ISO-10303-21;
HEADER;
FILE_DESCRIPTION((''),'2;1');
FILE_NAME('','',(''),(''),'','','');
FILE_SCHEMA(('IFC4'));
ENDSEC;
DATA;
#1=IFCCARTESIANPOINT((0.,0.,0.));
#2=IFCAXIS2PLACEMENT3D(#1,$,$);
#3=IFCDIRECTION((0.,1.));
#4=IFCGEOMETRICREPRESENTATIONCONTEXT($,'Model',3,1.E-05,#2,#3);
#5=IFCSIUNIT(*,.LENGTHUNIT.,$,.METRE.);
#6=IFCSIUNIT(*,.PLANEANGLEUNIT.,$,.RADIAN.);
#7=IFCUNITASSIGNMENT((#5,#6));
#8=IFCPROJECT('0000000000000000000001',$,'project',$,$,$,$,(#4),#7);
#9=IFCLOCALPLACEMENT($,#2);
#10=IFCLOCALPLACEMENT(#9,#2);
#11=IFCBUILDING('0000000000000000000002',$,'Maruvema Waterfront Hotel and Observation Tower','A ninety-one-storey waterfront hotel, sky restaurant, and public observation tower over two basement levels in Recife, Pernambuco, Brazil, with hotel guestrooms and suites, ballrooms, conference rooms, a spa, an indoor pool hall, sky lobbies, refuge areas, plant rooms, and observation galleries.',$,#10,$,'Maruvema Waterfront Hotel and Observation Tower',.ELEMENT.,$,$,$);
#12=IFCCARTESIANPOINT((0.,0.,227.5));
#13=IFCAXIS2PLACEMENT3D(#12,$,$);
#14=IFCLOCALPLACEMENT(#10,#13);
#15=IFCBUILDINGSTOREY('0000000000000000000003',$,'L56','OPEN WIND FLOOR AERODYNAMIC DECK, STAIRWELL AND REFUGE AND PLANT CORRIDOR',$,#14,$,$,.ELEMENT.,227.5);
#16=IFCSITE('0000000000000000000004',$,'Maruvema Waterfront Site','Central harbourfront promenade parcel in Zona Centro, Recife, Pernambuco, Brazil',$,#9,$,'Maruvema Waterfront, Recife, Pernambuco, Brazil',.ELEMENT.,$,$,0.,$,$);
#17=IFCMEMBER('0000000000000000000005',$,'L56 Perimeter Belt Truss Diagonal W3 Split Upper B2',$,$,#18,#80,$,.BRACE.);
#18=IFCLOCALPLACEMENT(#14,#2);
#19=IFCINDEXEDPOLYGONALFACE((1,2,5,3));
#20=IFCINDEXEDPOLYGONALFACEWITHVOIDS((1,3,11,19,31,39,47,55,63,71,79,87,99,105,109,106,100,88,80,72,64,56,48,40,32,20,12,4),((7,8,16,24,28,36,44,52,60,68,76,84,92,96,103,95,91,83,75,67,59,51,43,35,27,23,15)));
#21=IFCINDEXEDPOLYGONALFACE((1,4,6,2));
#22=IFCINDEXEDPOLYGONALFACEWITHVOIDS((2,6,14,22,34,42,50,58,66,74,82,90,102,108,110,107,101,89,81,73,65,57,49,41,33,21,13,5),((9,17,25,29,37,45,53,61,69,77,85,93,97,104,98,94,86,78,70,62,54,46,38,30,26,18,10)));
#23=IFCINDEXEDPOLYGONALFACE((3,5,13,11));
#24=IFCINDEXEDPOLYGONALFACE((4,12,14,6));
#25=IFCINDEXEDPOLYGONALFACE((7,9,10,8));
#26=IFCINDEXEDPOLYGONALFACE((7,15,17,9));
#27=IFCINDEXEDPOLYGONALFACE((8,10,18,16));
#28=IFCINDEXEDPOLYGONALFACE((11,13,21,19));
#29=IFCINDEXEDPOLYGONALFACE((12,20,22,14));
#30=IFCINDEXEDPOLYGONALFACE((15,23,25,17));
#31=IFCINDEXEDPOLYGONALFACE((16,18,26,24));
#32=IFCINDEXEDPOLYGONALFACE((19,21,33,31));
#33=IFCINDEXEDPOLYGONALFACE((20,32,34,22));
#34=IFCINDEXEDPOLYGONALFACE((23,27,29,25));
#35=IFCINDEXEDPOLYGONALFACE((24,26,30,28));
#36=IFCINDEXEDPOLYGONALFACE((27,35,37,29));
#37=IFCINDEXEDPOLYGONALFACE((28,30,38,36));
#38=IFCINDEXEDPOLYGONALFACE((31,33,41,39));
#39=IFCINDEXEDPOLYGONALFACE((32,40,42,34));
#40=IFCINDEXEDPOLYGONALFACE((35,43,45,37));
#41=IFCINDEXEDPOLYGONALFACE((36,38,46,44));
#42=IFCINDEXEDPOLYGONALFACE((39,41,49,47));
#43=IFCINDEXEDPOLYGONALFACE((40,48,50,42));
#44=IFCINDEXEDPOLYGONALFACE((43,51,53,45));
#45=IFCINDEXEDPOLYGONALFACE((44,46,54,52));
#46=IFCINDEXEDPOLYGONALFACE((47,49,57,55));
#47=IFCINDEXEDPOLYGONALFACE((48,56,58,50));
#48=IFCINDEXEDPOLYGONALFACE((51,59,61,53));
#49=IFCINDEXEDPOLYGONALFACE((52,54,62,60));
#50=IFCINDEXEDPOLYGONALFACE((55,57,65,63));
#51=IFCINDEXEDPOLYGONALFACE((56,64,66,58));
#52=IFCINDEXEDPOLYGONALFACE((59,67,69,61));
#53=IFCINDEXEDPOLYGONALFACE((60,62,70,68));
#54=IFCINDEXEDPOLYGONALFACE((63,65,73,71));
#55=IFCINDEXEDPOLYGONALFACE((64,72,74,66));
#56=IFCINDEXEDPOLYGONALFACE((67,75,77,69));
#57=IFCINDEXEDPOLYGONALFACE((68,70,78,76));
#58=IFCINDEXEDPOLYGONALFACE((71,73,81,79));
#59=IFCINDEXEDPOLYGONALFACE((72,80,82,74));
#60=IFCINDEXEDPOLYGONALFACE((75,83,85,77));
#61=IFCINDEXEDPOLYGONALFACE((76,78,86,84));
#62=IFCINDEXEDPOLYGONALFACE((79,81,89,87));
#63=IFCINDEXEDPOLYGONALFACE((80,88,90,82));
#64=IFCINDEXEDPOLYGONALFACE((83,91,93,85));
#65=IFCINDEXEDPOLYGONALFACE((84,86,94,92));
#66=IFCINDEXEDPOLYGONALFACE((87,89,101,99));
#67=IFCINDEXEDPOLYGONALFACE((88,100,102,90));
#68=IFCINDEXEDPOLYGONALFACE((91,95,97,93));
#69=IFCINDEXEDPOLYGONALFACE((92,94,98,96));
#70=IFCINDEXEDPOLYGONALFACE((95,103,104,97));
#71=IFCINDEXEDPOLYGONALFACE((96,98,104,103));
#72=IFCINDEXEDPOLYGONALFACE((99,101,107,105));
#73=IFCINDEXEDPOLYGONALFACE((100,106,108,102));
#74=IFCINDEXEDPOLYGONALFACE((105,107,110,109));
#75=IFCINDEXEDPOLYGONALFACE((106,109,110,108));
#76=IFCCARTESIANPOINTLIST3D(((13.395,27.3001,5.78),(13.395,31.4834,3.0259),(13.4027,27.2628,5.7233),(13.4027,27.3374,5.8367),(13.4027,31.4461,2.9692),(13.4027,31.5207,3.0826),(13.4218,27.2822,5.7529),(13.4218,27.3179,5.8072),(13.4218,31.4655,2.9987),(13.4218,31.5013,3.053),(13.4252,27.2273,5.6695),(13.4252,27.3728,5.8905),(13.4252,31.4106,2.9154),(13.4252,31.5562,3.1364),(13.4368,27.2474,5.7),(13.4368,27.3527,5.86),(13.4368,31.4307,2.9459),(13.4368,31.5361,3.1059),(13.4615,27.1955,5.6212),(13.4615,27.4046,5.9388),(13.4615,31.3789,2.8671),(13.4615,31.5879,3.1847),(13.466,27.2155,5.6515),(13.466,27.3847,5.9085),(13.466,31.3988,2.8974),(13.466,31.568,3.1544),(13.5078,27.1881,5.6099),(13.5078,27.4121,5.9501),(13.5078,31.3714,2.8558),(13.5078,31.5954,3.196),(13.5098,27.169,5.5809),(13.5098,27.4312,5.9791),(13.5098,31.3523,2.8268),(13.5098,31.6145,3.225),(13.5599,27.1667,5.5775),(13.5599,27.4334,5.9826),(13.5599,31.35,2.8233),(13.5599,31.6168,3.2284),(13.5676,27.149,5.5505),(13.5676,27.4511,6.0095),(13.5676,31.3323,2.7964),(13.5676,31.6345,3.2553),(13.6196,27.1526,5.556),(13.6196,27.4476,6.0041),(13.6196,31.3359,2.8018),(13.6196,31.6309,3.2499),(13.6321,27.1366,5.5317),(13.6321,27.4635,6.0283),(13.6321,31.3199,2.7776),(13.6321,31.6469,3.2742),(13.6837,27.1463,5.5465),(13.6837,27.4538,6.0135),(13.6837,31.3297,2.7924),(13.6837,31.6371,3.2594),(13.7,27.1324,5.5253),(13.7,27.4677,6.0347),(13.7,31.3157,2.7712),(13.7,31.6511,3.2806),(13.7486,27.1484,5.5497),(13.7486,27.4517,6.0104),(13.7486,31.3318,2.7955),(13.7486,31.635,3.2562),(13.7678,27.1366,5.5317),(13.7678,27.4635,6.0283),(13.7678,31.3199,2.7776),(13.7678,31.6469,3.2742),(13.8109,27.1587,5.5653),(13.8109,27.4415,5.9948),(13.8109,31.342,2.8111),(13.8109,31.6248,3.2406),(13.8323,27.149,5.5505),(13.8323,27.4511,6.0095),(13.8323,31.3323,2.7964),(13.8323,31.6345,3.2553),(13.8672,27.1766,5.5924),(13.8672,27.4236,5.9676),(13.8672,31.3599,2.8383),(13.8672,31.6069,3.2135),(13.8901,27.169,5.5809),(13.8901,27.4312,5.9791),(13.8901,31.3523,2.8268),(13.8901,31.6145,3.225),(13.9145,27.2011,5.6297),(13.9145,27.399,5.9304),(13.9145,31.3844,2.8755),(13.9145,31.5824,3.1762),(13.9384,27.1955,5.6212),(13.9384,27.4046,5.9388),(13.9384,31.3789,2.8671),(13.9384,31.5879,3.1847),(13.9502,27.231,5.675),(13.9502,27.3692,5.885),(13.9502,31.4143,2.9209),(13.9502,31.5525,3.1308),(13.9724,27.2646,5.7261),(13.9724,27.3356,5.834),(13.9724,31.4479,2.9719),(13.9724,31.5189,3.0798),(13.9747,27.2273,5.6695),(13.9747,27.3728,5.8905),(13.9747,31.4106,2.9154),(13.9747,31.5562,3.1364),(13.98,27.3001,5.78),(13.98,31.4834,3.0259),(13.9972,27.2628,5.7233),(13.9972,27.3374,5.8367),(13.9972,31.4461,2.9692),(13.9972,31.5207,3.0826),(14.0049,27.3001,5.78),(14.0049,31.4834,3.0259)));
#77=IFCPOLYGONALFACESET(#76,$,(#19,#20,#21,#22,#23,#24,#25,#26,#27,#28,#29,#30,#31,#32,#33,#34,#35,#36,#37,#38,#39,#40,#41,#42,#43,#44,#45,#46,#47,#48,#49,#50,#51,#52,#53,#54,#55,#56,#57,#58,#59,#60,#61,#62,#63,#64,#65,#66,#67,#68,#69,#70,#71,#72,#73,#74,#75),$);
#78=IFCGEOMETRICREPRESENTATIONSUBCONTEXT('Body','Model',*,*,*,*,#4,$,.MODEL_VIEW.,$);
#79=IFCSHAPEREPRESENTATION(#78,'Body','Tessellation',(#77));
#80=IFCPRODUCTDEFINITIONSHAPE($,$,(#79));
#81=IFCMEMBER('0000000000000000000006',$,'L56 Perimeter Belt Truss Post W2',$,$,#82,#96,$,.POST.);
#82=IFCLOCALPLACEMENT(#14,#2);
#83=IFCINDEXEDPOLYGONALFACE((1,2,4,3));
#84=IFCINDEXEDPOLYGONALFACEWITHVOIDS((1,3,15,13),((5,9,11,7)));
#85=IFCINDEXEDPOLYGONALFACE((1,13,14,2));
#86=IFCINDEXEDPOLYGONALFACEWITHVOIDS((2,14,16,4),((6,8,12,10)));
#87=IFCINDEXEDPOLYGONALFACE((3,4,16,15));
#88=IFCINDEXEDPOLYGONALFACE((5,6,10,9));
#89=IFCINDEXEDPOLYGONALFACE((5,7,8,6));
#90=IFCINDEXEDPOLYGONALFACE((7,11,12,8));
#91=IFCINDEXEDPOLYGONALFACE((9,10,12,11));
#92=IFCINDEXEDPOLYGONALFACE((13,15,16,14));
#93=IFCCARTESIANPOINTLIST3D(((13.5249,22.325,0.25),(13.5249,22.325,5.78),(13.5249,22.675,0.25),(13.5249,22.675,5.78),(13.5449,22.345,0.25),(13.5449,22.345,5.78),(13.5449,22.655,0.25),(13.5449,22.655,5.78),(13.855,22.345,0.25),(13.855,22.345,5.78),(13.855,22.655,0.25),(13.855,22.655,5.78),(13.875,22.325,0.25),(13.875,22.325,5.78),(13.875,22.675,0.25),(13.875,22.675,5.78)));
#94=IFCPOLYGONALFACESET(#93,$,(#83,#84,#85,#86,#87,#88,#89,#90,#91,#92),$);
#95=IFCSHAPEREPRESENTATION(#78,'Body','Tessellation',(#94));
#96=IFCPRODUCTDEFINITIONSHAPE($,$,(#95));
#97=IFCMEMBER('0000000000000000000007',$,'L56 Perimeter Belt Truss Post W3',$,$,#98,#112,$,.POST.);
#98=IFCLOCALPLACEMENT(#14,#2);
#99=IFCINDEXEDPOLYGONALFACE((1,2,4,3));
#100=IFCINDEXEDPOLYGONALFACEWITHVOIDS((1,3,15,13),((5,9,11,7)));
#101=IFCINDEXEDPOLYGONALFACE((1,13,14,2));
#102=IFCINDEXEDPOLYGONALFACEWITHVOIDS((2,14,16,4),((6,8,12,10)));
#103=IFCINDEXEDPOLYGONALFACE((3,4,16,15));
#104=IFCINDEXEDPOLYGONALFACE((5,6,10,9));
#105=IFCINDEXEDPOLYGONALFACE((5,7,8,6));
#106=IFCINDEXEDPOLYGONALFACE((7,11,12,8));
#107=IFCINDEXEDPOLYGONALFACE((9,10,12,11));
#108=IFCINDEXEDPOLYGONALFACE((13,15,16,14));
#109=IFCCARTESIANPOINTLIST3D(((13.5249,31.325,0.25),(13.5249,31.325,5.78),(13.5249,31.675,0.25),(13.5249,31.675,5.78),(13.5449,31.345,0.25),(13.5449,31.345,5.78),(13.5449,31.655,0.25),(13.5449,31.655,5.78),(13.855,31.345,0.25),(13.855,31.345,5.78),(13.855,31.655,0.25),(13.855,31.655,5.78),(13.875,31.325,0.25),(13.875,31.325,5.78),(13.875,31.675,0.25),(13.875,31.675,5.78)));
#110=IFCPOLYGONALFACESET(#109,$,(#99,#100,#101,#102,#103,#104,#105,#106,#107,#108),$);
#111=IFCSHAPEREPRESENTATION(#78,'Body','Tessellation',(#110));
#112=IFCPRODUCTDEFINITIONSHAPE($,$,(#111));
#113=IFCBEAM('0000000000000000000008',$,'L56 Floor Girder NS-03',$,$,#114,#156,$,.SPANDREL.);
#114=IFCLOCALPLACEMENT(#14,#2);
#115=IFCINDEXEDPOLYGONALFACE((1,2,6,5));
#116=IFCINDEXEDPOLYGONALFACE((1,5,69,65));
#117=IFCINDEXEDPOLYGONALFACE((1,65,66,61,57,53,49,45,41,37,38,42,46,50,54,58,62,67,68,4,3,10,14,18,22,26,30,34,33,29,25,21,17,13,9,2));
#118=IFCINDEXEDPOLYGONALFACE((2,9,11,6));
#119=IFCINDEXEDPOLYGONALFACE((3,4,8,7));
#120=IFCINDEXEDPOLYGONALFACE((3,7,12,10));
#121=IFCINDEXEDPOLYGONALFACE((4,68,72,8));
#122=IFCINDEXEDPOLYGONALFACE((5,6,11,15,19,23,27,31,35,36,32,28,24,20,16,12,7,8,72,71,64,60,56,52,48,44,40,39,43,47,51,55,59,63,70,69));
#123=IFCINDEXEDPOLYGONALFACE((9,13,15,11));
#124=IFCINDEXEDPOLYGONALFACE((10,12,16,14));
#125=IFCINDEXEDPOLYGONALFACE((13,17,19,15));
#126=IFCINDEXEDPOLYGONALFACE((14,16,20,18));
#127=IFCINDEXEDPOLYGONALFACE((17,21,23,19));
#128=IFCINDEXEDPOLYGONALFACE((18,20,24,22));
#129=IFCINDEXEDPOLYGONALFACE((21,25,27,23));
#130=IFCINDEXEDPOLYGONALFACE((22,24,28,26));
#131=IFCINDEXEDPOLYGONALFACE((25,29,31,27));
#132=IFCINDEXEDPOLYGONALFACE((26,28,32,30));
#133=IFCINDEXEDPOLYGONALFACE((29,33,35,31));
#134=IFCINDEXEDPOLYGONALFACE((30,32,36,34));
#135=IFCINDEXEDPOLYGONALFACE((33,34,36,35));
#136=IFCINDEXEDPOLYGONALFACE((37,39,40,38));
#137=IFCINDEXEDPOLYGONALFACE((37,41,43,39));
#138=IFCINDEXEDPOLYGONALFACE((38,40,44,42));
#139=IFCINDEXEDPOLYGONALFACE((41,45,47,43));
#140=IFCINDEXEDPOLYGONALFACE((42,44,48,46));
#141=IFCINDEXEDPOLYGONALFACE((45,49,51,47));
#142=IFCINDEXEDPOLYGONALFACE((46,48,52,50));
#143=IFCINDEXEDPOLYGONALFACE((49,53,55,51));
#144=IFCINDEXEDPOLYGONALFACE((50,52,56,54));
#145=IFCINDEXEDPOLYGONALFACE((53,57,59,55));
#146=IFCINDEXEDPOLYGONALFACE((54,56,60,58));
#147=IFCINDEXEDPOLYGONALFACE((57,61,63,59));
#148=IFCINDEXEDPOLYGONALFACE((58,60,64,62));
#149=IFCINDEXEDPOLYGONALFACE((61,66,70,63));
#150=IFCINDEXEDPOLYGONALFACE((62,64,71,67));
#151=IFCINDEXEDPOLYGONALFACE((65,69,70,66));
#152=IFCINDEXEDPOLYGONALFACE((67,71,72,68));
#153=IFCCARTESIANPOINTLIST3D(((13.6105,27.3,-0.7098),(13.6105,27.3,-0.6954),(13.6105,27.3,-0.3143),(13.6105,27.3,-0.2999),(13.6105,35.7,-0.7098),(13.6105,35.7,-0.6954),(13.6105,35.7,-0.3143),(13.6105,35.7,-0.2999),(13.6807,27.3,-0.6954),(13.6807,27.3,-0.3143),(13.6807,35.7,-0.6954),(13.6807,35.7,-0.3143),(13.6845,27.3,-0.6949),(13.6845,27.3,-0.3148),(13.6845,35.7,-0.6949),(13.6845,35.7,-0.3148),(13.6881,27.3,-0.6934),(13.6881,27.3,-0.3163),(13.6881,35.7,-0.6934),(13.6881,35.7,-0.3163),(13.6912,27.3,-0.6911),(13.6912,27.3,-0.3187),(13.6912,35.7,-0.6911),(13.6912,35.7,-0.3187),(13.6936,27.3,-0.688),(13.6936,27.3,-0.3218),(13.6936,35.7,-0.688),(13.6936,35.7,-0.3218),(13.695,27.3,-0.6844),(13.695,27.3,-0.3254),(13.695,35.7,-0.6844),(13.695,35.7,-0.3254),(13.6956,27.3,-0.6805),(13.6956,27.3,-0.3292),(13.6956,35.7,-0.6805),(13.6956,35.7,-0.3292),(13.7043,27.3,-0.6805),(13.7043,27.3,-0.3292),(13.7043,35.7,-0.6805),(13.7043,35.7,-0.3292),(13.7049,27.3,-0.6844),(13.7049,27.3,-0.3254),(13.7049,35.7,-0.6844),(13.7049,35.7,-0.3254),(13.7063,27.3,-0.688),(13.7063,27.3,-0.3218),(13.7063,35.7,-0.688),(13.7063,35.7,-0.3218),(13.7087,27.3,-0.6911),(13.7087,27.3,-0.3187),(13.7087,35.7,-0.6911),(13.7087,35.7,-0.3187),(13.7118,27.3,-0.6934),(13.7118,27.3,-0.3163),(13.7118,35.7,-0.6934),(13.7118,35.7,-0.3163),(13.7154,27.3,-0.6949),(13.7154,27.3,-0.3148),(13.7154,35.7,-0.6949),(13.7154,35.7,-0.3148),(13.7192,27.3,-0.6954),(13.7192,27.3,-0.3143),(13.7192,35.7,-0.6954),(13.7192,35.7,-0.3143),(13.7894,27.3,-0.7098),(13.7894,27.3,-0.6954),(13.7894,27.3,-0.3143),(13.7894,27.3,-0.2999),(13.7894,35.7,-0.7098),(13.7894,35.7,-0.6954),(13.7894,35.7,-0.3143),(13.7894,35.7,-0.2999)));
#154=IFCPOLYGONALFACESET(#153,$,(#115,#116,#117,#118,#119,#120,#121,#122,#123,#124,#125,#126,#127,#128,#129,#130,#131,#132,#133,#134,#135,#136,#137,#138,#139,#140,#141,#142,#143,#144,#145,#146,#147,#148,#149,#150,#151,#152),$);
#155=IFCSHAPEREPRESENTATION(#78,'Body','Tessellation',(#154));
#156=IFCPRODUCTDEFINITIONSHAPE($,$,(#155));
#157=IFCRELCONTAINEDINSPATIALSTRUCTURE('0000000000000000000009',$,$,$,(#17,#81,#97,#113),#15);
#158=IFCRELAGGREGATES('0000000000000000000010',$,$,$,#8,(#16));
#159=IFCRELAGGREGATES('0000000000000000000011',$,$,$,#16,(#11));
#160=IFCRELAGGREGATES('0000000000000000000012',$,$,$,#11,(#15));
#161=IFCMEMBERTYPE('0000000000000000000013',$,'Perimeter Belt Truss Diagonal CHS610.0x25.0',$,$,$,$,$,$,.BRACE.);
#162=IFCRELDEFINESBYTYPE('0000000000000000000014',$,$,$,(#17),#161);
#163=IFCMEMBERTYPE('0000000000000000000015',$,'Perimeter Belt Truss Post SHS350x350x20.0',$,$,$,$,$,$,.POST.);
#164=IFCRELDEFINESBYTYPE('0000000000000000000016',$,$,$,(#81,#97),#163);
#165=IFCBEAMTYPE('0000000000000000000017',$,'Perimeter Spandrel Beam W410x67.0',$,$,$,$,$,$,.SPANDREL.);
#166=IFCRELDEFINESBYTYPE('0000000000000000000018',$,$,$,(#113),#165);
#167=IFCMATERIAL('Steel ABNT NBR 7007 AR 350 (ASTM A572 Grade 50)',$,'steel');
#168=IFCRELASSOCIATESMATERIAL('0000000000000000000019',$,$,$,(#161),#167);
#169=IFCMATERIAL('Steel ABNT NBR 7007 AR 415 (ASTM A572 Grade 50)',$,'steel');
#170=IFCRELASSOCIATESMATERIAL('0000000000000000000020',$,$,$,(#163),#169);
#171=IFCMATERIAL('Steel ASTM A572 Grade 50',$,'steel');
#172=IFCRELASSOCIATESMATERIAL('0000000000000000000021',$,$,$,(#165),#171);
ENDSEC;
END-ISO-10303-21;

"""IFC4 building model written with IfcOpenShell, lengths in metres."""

from ifc_helpers import new_model, si_unit, direction, frame, origin, origin_2d, place, context, subcontext, project, spatial, hollow_rectangle, hollow_circle, i_section, extrude, material, material_profile, profile_set, type_object, element, save


model = new_model("IFC4")

# Units and contexts
model_context = context("Model", 3, precision=1e-05, world=origin(), true_north=direction((0.0, 1.0)))
body_context = subcontext(model_context, "Body", "Model", "MODEL_VIEW")
ifc_project = project(units=[si_unit("LENGTHUNIT", "METRE"), si_unit("PLANEANGLEUNIT", "RADIAN")], contexts=[model_context])

# Site, building, storey
site_placement = place(None, origin())
site = spatial("IfcSite", under=ifc_project, at=site_placement, Name="Maruvema Waterfront Site", Description="Central harbourfront promenade parcel in Zona Centro, Recife, Pernambuco, Brazil", LongName="Maruvema Waterfront, Recife, Pernambuco, Brazil", CompositionType="ELEMENT", RefElevation=0.0)
building_placement = place(site_placement, origin())
building = spatial("IfcBuilding", under=site, at=building_placement, Name="Maruvema Waterfront Hotel and Observation Tower", Description="A ninety-one-storey waterfront hotel, sky restaurant, and public observation tower over two basement levels in Recife, Pernambuco, Brazil, with hotel guestrooms and suites, ballrooms, conference rooms, a spa, an indoor pool hall, sky lobbies, refuge areas, plant rooms, and observation galleries.", LongName="Maruvema Waterfront Hotel and Observation Tower", CompositionType="ELEMENT")
storey_placement = place(building_placement, frame((0.0, 0.0, 227.5)))
storey = spatial("IfcBuildingStorey", under=building, at=storey_placement, Name="L56", Description="OPEN WIND FLOOR AERODYNAMIC DECK, STAIRWELL AND REFUGE AND PLANT CORRIDOR", CompositionType="ELEMENT", Elevation=227.5)

# Members
ifc_material_1 = material(Name="Steel ABNT NBR 7007 AR 350 (ASTM A572 Grade 50)", Category="steel")
ifc_material_profile_1 = material_profile(ifc_material_1, hollow_circle(Radius=0.3049, WallThickness=0.0249, at=origin_2d()), Name="CHS610.0x25.0")
ifc_profile_set_1 = profile_set([ifc_material_profile_1], Name="Steel ABNT NBR 7007 AR 350 (ASTM A572 Grade 50)")
member_type_1 = type_object("IfcMemberType", Name="Perimeter Belt Truss Diagonal CHS610.0x25.0", PredefinedType="BRACE", material=ifc_profile_set_1)
member_1_placement = place(storey_placement, frame((13.7, 31.4834, 3.0259), z_axis=(0.0, -0.835239, 0.549888), x_axis=(1.0, 0.0, 0.0)))
element("IfcMember", 1, at=member_1_placement, inside=storey, type_object=member_type_1, Name="L56 Perimeter Belt Truss Diagonal W3 Split Upper B2", PredefinedType="BRACE", context=body_context, shape_type="SweptSolid", body=[
    extrude(hollow_circle(Radius=0.3049, WallThickness=0.0249, at=origin_2d()), origin(), (0.0, 0.0, 1.0), 5.0085),
])
ifc_material_2 = material(Name="Steel ABNT NBR 7007 AR 415 (ASTM A572 Grade 50)", Category="steel")
ifc_material_profile_2 = material_profile(ifc_material_2, hollow_rectangle(XDim=0.3501, YDim=0.3501, WallThickness=0.02, at=origin_2d()), Name="SHS350x350x20.0")
ifc_profile_set_2 = profile_set([ifc_material_profile_2], Name="Steel ABNT NBR 7007 AR 415 (ASTM A572 Grade 50)")
member_type_2 = type_object("IfcMemberType", Name="Perimeter Belt Truss Post SHS350x350x20.0", PredefinedType="POST", material=ifc_profile_set_2)
for number, where, z_axis, x_axis, name in (
    (2, (13.7, 22.5, 0.25), (0.0, 0.0, 1.0), (1.0, 0.0, 0.0), "L56 Perimeter Belt Truss Post W2"),
    (3, (13.7, 31.5, 0.25), (0.0, 0.0, 1.0), (1.0, 0.0, 0.0), "L56 Perimeter Belt Truss Post W3"),
):
    element("IfcMember", number, at=place(storey_placement, frame(where, z_axis=z_axis, x_axis=x_axis)), inside=storey, type_object=member_type_2, Name=name, PredefinedType="POST", context=body_context, shape_type="SweptSolid", body=[
        extrude(hollow_rectangle(XDim=0.3501, YDim=0.3501, WallThickness=0.02, at=origin_2d()), origin(), (0.0, 0.0, 1.0), 5.53),
    ])

# Beam
ifc_material_3 = material(Name="Steel ASTM A572 Grade 50", Category="steel")
ifc_material_profile_3 = material_profile(ifc_material_3, i_section(OverallWidth=0.179, OverallDepth=0.4099, WebThickness=0.0088, FlangeThickness=0.0144, FilletRadius=0.0149, at=origin_2d()), Name="W410x67.0")
ifc_profile_set_3 = profile_set([ifc_material_profile_3], Name="Steel ASTM A572 Grade 50")
beam_type_1 = type_object("IfcBeamType", Name="Perimeter Spandrel Beam W410x67.0", PredefinedType="SPANDREL", material=ifc_profile_set_3)
beam_1_placement = place(storey_placement, frame((13.7, 27.3, -0.5049), z_axis=(0.0, 1.0, 0.0), x_axis=(-1.0, 0.0, 0.0)))
element("IfcBeam", 4, at=beam_1_placement, inside=storey, type_object=beam_type_1, Name="L56 Floor Girder NS-03", PredefinedType="SPANDREL", context=body_context, shape_type="SweptSolid", body=[
    extrude(i_section(OverallWidth=0.179, OverallDepth=0.4099, WebThickness=0.0088, FlangeThickness=0.0144, FilletRadius=0.0149, at=origin_2d()), origin(), (0.0, 0.0, 1.0), 8.3999),
])

save(model, "model.ifc")
